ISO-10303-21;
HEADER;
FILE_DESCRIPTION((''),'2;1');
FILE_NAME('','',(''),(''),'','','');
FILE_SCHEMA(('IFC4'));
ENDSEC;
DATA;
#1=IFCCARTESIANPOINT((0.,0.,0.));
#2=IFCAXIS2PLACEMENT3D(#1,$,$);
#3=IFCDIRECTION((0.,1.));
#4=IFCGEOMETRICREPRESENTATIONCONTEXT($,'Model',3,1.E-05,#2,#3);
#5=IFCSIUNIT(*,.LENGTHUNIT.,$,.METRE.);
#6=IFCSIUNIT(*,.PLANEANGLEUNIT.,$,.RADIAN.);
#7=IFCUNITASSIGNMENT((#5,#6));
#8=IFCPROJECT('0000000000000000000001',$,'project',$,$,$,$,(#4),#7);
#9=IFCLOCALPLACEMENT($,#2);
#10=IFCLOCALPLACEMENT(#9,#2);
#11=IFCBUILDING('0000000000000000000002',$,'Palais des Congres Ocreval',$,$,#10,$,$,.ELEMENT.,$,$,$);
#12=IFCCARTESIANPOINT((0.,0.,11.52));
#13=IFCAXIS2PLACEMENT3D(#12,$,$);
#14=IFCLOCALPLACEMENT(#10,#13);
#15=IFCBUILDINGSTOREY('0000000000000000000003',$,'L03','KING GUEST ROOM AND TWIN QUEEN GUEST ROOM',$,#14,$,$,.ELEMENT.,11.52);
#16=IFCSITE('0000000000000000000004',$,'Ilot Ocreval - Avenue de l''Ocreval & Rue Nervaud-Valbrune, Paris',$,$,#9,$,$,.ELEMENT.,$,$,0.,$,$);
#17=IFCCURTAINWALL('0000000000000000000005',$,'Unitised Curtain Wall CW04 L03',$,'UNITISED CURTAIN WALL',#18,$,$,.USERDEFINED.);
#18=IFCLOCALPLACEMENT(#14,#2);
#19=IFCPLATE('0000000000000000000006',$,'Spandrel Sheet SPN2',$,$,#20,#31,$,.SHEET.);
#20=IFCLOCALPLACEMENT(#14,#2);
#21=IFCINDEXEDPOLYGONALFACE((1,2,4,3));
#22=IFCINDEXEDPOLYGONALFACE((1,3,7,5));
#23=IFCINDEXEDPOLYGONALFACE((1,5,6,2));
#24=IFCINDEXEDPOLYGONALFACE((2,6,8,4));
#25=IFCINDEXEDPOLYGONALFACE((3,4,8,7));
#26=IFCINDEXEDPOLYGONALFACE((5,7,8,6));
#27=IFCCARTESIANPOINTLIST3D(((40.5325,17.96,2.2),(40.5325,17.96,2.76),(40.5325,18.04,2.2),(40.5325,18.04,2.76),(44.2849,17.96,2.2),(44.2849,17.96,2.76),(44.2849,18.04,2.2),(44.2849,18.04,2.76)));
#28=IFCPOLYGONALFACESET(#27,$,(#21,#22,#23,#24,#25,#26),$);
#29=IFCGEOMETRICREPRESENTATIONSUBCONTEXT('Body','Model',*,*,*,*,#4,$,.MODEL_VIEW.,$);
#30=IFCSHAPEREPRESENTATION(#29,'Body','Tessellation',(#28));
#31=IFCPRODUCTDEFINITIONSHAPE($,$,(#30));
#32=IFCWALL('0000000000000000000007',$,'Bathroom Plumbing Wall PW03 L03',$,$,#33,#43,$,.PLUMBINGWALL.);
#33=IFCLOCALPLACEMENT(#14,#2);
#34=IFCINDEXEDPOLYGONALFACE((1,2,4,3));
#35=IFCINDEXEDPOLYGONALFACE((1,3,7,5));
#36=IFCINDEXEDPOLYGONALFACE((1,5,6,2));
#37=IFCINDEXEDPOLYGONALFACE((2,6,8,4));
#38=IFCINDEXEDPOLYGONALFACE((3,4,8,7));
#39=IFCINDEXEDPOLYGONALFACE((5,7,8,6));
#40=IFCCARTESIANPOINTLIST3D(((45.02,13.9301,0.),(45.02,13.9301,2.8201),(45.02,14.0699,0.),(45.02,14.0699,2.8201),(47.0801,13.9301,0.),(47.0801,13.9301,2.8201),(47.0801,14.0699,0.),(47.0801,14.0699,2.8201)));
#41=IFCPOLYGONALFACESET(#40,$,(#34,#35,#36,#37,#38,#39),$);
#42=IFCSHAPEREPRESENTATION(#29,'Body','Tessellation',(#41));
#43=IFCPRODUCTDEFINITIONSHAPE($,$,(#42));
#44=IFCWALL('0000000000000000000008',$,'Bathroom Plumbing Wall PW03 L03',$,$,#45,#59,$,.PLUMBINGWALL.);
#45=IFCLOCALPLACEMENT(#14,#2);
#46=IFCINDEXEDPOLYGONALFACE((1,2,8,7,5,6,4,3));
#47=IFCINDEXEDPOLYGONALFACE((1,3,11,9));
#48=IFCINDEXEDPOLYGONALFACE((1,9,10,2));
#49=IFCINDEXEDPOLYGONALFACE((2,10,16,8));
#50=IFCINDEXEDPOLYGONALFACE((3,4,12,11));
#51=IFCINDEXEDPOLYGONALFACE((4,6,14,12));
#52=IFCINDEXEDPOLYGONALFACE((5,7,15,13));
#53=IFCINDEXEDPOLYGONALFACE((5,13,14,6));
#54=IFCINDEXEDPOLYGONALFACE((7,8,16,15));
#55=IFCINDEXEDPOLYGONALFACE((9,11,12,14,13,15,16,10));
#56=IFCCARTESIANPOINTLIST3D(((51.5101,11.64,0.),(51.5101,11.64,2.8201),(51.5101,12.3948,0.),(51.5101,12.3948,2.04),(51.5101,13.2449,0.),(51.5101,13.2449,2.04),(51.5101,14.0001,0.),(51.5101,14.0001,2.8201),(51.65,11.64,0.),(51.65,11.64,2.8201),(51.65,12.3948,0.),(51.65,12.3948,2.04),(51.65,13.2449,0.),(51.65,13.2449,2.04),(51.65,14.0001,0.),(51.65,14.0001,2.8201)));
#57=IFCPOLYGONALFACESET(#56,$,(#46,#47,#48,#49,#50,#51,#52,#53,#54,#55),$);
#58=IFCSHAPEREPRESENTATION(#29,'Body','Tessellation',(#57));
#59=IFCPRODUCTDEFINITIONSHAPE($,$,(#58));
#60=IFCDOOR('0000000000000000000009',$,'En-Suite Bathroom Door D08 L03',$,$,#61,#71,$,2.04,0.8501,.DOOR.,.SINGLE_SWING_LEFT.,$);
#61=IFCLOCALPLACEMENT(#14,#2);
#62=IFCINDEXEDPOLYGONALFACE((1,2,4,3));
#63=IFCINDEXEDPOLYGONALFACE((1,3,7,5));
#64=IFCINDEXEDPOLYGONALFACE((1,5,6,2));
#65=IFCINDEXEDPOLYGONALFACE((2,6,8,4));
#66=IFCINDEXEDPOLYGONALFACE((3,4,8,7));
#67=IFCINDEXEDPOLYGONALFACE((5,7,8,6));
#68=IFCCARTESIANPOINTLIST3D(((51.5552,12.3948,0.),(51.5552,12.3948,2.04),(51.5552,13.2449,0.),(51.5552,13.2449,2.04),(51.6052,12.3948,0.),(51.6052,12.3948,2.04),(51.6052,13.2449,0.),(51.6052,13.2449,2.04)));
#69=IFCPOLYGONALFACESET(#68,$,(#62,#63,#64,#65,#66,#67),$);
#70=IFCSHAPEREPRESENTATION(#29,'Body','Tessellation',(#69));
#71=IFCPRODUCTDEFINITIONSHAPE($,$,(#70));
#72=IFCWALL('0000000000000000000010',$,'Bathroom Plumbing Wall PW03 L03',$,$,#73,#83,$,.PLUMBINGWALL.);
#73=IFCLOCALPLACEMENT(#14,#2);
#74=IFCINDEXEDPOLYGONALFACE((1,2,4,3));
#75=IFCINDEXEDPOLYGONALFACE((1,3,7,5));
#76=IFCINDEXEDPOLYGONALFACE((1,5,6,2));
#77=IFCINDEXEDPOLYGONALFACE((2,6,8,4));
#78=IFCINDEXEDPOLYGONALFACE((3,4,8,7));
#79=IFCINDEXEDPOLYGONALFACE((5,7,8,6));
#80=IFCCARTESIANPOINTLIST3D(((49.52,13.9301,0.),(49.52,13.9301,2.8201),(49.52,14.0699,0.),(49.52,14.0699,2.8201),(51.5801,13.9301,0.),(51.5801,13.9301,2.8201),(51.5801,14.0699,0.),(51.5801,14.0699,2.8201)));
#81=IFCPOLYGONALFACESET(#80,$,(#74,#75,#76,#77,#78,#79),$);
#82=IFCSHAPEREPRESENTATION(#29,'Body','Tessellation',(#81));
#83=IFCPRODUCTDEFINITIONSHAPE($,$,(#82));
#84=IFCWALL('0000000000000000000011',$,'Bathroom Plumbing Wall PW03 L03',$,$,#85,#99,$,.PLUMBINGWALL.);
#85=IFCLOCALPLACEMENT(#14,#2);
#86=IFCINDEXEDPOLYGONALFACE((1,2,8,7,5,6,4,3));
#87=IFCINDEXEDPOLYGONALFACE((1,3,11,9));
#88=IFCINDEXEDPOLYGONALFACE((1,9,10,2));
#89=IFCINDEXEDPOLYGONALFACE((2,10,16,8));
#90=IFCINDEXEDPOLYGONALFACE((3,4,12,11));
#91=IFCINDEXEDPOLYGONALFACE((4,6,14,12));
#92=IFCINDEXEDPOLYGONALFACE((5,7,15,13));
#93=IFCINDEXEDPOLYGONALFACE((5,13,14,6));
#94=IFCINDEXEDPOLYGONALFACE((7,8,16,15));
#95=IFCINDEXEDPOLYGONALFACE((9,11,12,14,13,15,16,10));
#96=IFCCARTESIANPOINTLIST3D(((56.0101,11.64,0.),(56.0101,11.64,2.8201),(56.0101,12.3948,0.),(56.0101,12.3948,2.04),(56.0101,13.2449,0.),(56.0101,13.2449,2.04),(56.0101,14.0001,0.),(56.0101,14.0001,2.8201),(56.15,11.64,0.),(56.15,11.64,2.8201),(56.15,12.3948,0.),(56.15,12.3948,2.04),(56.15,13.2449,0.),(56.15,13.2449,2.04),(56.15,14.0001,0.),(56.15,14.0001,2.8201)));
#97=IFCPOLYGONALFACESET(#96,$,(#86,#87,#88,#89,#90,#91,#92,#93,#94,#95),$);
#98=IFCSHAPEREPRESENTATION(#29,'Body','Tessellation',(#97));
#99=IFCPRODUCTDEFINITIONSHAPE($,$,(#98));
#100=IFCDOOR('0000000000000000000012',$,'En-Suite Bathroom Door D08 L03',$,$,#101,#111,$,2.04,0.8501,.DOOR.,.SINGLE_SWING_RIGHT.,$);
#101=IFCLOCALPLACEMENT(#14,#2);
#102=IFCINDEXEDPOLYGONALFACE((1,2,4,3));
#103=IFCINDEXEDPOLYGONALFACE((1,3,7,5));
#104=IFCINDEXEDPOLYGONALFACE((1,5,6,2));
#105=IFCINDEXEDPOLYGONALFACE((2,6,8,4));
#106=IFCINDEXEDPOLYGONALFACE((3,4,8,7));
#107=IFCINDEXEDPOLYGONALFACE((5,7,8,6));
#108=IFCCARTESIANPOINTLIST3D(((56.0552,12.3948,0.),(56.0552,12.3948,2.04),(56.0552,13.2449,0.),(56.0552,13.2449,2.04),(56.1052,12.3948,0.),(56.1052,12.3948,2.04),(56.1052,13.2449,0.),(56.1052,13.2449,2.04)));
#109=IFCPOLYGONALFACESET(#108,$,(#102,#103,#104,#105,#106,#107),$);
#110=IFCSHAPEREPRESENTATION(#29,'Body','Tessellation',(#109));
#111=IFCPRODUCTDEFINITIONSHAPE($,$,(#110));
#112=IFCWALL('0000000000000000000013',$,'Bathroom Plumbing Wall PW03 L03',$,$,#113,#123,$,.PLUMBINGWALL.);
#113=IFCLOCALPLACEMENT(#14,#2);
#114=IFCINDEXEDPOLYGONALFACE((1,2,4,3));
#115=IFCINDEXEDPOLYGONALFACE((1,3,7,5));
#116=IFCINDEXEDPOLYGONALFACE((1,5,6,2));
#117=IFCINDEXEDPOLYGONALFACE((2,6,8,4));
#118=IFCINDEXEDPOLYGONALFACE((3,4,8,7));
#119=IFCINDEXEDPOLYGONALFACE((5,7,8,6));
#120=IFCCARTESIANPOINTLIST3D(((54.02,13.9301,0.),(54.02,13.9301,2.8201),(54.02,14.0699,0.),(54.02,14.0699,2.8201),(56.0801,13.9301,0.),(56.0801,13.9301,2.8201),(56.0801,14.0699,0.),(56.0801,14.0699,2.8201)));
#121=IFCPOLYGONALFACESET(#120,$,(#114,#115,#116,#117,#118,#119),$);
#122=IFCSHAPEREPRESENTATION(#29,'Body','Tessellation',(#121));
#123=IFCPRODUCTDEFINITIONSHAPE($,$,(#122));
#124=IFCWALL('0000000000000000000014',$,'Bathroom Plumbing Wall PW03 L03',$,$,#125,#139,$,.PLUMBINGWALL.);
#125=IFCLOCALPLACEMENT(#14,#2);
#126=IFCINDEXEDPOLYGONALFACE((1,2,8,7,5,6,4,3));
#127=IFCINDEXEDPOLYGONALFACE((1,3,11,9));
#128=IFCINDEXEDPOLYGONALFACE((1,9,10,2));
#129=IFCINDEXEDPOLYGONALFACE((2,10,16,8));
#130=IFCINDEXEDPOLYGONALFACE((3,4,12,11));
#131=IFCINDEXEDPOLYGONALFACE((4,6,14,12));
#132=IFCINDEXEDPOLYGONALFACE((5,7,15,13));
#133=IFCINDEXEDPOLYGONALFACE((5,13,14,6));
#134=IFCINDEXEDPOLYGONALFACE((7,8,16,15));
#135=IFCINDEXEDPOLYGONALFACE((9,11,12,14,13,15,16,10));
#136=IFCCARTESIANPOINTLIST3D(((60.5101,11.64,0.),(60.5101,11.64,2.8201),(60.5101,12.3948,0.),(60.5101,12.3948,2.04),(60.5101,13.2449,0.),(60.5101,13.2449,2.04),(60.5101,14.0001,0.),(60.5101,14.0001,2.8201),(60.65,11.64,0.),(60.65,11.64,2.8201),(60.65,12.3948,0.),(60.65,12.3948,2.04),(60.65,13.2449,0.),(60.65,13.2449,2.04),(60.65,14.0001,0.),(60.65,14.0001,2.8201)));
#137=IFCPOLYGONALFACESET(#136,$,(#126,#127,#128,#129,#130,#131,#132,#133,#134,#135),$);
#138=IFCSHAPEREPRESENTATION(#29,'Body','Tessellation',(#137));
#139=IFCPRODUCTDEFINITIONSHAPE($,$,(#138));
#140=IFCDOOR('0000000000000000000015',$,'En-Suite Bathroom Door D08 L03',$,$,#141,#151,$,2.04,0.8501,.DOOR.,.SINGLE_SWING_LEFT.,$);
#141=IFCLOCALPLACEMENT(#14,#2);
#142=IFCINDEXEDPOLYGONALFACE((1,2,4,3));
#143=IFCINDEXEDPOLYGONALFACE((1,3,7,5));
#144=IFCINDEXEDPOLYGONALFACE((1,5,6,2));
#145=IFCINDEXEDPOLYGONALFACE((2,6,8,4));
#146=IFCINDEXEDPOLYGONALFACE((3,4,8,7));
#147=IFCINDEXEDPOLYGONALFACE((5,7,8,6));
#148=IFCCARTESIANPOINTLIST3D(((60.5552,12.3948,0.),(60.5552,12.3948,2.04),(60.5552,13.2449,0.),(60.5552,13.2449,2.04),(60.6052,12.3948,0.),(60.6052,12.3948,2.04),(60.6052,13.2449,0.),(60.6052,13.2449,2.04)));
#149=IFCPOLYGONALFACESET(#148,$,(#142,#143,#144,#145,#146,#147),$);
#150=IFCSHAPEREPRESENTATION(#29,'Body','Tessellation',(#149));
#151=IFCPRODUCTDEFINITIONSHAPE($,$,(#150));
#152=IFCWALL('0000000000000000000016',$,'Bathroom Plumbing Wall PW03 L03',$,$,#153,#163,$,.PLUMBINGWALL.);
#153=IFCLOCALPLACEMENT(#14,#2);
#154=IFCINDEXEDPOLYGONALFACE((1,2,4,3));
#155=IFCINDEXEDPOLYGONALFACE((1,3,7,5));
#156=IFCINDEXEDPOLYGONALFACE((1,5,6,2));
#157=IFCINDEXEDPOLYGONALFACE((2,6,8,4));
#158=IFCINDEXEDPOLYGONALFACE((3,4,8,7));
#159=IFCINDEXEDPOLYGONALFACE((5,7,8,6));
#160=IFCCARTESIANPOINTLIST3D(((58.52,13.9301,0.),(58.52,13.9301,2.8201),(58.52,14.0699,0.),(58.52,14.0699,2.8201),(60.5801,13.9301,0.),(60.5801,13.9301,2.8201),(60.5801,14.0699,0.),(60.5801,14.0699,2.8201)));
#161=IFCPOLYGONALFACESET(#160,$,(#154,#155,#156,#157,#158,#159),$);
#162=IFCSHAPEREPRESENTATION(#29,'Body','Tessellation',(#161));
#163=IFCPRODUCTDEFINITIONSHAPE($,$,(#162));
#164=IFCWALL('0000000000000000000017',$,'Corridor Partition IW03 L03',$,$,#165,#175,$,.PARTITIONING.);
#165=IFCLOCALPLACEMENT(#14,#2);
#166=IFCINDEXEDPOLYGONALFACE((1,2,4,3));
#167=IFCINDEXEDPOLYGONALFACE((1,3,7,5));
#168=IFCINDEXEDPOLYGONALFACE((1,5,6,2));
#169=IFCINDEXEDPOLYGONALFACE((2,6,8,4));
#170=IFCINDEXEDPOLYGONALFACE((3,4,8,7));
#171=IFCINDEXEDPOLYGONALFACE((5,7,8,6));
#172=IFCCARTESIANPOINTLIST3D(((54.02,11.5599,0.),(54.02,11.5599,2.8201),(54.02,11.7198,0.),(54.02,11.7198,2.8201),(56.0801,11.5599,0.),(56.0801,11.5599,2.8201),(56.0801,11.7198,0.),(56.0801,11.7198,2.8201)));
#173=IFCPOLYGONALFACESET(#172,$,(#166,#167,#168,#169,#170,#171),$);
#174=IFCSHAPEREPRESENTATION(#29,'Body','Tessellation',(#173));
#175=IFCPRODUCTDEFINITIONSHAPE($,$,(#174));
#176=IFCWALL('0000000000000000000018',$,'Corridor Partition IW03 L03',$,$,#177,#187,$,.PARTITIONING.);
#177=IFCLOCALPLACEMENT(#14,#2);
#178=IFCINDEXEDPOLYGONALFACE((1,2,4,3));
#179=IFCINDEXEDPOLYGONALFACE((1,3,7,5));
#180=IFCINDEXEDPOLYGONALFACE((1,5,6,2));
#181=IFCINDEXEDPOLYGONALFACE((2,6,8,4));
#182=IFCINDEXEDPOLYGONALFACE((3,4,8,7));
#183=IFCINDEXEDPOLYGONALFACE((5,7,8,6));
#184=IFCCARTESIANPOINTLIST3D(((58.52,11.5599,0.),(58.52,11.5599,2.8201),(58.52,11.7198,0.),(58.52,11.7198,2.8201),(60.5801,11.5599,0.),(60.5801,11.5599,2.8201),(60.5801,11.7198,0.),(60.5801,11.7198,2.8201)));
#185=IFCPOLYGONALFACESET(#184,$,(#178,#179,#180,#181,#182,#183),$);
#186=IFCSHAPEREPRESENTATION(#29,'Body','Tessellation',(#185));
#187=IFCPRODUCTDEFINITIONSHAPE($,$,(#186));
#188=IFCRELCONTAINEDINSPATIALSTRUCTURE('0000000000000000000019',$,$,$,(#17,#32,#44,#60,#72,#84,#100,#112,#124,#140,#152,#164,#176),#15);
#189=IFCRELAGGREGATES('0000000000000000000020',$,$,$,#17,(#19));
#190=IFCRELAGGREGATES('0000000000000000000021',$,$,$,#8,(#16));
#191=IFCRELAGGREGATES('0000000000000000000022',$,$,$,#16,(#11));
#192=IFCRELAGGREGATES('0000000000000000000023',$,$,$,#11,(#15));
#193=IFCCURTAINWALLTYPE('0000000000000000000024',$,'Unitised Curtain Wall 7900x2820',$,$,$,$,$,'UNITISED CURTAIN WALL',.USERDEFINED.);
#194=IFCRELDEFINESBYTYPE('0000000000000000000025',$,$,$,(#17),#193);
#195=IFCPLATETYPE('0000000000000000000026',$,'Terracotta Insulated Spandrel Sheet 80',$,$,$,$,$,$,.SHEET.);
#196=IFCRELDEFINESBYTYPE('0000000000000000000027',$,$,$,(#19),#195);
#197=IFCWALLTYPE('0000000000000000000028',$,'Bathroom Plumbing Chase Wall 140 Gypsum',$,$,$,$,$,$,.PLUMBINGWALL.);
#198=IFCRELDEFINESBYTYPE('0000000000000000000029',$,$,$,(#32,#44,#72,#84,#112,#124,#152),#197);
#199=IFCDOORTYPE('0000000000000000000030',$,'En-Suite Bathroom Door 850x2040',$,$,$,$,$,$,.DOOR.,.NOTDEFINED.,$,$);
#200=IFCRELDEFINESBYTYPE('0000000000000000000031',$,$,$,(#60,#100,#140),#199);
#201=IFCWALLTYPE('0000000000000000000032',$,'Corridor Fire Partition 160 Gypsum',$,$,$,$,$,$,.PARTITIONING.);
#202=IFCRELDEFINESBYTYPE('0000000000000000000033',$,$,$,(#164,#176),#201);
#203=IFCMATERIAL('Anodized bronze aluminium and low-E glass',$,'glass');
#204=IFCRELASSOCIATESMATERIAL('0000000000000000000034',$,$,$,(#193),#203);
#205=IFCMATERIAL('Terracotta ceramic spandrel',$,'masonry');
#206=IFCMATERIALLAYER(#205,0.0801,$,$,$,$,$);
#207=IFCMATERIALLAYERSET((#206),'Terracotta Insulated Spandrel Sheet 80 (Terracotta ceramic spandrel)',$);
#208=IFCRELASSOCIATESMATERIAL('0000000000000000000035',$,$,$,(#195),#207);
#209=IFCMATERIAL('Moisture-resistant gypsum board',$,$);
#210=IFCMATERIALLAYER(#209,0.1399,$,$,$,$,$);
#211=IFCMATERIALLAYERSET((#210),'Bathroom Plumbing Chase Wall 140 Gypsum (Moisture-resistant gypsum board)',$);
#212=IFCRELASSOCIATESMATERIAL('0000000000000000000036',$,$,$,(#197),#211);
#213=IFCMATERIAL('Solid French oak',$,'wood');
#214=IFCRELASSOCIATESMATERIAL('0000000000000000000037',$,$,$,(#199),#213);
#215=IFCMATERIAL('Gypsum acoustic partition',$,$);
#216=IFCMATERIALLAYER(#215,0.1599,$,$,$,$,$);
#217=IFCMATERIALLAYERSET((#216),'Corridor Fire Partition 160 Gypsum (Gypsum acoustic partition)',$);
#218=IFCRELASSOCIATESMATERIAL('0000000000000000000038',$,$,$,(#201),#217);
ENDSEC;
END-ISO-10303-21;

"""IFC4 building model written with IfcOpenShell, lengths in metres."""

from ifc_helpers import new_model, si_unit, direction, frame, frame_2d, origin, origin_2d, place, context, subcontext, project, spatial, rectangle, extrude, material, layer, layer_set, type_object, element, fill, aggregate, save


model = new_model("IFC4")

# Units and contexts
model_context = context("Model", 3, precision=1e-05, world=origin(), true_north=direction((0.0, 1.0)))
body_context = subcontext(model_context, "Body", "Model", "MODEL_VIEW")
ifc_project = project(units=[si_unit("LENGTHUNIT", "METRE"), si_unit("PLANEANGLEUNIT", "RADIAN")], contexts=[model_context])

# Site, building, storey
site_placement = place(None, origin())
site = spatial("IfcSite", under=ifc_project, at=site_placement, Name="Ilot Ocreval - Avenue de l'Ocreval & Rue Nervaud-Valbrune, Paris", CompositionType="ELEMENT", RefElevation=0.0)
building_placement = place(site_placement, origin())
building = spatial("IfcBuilding", under=site, at=building_placement, Name="Palais des Congres Ocreval", CompositionType="ELEMENT")
storey_placement = place(building_placement, frame((0.0, 0.0, 11.52)))
storey = spatial("IfcBuildingStorey", under=building, at=storey_placement, Name="L03", Description="KING GUEST ROOM AND TWIN QUEEN GUEST ROOM", CompositionType="ELEMENT", Elevation=11.52)

# Curtain wall
ifc_material_1 = material(Name="Anodized bronze aluminium and low-E glass", Category="glass")
curtain_wall_type = type_object("IfcCurtainWallType", Name="Unitised Curtain Wall 7900x2820", ElementType="UNITISED CURTAIN WALL", PredefinedType="USERDEFINED", material=ifc_material_1)
curtain_wall_1_placement = place(storey_placement, origin())
curtain_wall_1 = element("IfcCurtainWall", 1, at=curtain_wall_1_placement, inside=storey, type_object=curtain_wall_type, Name="Unitised Curtain Wall CW04 L03", ObjectType="UNITISED CURTAIN WALL", PredefinedType="USERDEFINED")

# Plate
ifc_material_2 = material(Name="Terracotta ceramic spandrel", Category="masonry")
ifc_layer_1 = layer(ifc_material_2, 0.0801)
ifc_layer_set_1 = layer_set([ifc_layer_1], Name="Terracotta Insulated Spandrel Sheet 80 (Terracotta ceramic spandrel)")
plate_type_1 = type_object("IfcPlateType", Name="Terracotta Insulated Spandrel Sheet 80", PredefinedType="SHEET", material=ifc_layer_set_1)
plate_1_placement = place(storey_placement, frame((42.4087, 18.0, 2.2), z_axis=(0.0, 0.0, 1.0), x_axis=(1.0, 0.0, 0.0)))
plate_1 = element("IfcPlate", 2, at=plate_1_placement, type_object=plate_type_1, Name="Spandrel Sheet SPN2", PredefinedType="SHEET", context=body_context, shape_type="SweptSolid", body=[
    extrude(rectangle(XDim=3.7524, YDim=0.0801, at=origin_2d()), origin(), (0.0, 0.0, 1.0), 0.5601),
])
aggregate(curtain_wall_1, [plate_1])

# Wall
ifc_material_3 = material(Name="Moisture-resistant gypsum board")
ifc_layer_2 = layer(ifc_material_3, 0.1399)
ifc_layer_set_2 = layer_set([ifc_layer_2], Name="Bathroom Plumbing Chase Wall 140 Gypsum (Moisture-resistant gypsum board)")
wall_type_1 = type_object("IfcWallType", Name="Bathroom Plumbing Chase Wall 140 Gypsum", PredefinedType="PLUMBINGWALL", material=ifc_layer_set_2)
wall_1_placement = place(storey_placement, frame((45.02, 14.0, 0.0), z_axis=(0.0, 0.0, 1.0), x_axis=(1.0, 0.0, 0.0)))
element("IfcWall", 3, at=wall_1_placement, inside=storey, type_object=wall_type_1, Name="Bathroom Plumbing Wall PW03 L03", PredefinedType="PLUMBINGWALL", context=body_context, shape_type="SweptSolid", body=[
    extrude(rectangle(XDim=2.0601, YDim=0.1399, at=frame_2d((1.03, 0.0))), origin(), (0.0, 0.0, 1.0), 2.8201),
])

# Wall, opening, door
wall_2_placement = place(storey_placement, frame((51.5801, 11.6399, 0.0), z_axis=(0.0, 0.0, 1.0), x_axis=(0.0, 1.0, 0.0)))
wall_2 = element("IfcWall", 4, at=wall_2_placement, inside=storey, type_object=wall_type_1, Name="Bathroom Plumbing Wall PW03 L03", PredefinedType="PLUMBINGWALL", context=body_context, shape_type="SweptSolid", body=[
    extrude(rectangle(XDim=2.3601, YDim=0.1399, at=frame_2d((1.1802, 0.0))), origin(), (0.0, 0.0, 1.0), 2.8201),
])
opening_1_placement = place(wall_2_placement, frame((0.7549, 0.0, 0.0)))
opening_1 = element("IfcOpeningElement", 5, at=opening_1_placement, cuts=wall_2, PredefinedType="OPENING", context=body_context, shape_type="SweptSolid", body=[
    extrude(rectangle(XDim=0.8501, YDim=2.04, at=frame_2d((0.425, 1.02))), frame((0.0, 0.0798, 0.0), z_axis=(0.0, -1.0, 0.0), x_axis=(1.0, 0.0, 0.0)), (0.0, 0.0, 1.0), 0.1599),
])
ifc_material_4 = material(Name="Solid French oak", Category="wood")
door_type = type_object("IfcDoorType", Name="En-Suite Bathroom Door 850x2040", OperationType="NOTDEFINED", PredefinedType="DOOR", material=ifc_material_4)
door_1_placement = place(opening_1_placement, origin())
door_1 = element("IfcDoor", 6, at=door_1_placement, inside=storey, type_object=door_type, Name="En-Suite Bathroom Door D08 L03", OperationType="SINGLE_SWING_LEFT", OverallHeight=2.04, OverallWidth=0.8501, PredefinedType="DOOR", context=body_context, shape_type="SweptSolid", body=[
    extrude(rectangle(XDim=0.8501, YDim=2.04, at=frame_2d((0.425, 1.02))), frame((0.0, 0.0249, 0.0), z_axis=(0.0, -1.0, 0.0), x_axis=(1.0, 0.0, 0.0)), (0.0, 0.0, 1.0), 0.05),
])
fill(opening_1, door_1)

# Wall
wall_3_placement = place(storey_placement, frame((49.52, 14.0, 0.0), z_axis=(0.0, 0.0, 1.0), x_axis=(1.0, 0.0, 0.0)))
element("IfcWall", 7, at=wall_3_placement, inside=storey, type_object=wall_type_1, Name="Bathroom Plumbing Wall PW03 L03", PredefinedType="PLUMBINGWALL", context=body_context, shape_type="SweptSolid", body=[
    extrude(rectangle(XDim=2.0601, YDim=0.1399, at=frame_2d((1.03, 0.0))), origin(), (0.0, 0.0, 1.0), 2.8201),
])

# Wall, opening, door
wall_4_placement = place(storey_placement, frame((56.0801, 11.6399, 0.0), z_axis=(0.0, 0.0, 1.0), x_axis=(0.0, 1.0, 0.0)))
wall_4 = element("IfcWall", 8, at=wall_4_placement, inside=storey, type_object=wall_type_1, Name="Bathroom Plumbing Wall PW03 L03", PredefinedType="PLUMBINGWALL", context=body_context, shape_type="SweptSolid", body=[
    extrude(rectangle(XDim=2.3601, YDim=0.1399, at=frame_2d((1.1802, 0.0))), origin(), (0.0, 0.0, 1.0), 2.8201),
])
opening_2_placement = place(wall_4_placement, frame((0.7549, 0.0, 0.0)))
opening_2 = element("IfcOpeningElement", 9, at=opening_2_placement, cuts=wall_4, PredefinedType="OPENING", context=body_context, shape_type="SweptSolid", body=[
    extrude(rectangle(XDim=0.8501, YDim=2.04, at=frame_2d((0.425, 1.02))), frame((0.0, 0.0798, 0.0), z_axis=(0.0, -1.0, 0.0), x_axis=(1.0, 0.0, 0.0)), (0.0, 0.0, 1.0), 0.1599),
])
door_2_placement = place(opening_2_placement, origin())
door_2 = element("IfcDoor", 10, at=door_2_placement, inside=storey, type_object=door_type, Name="En-Suite Bathroom Door D08 L03", OperationType="SINGLE_SWING_RIGHT", OverallHeight=2.04, OverallWidth=0.8501, PredefinedType="DOOR", context=body_context, shape_type="SweptSolid", body=[
    extrude(rectangle(XDim=0.8501, YDim=2.04, at=frame_2d((0.425, 1.02))), frame((0.0, 0.0249, 0.0), z_axis=(0.0, -1.0, 0.0), x_axis=(1.0, 0.0, 0.0)), (0.0, 0.0, 1.0), 0.05),
])
fill(opening_2, door_2)

# Wall
wall_5_placement = place(storey_placement, frame((54.02, 14.0, 0.0), z_axis=(0.0, 0.0, 1.0), x_axis=(1.0, 0.0, 0.0)))
element("IfcWall", 11, at=wall_5_placement, inside=storey, type_object=wall_type_1, Name="Bathroom Plumbing Wall PW03 L03", PredefinedType="PLUMBINGWALL", context=body_context, shape_type="SweptSolid", body=[
    extrude(rectangle(XDim=2.0601, YDim=0.1399, at=frame_2d((1.03, 0.0))), origin(), (0.0, 0.0, 1.0), 2.8201),
])

# Wall, opening, door
wall_6_placement = place(storey_placement, frame((60.5801, 11.6399, 0.0), z_axis=(0.0, 0.0, 1.0), x_axis=(0.0, 1.0, 0.0)))
wall_6 = element("IfcWall", 12, at=wall_6_placement, inside=storey, type_object=wall_type_1, Name="Bathroom Plumbing Wall PW03 L03", PredefinedType="PLUMBINGWALL", context=body_context, shape_type="SweptSolid", body=[
    extrude(rectangle(XDim=2.3601, YDim=0.1399, at=frame_2d((1.1802, 0.0))), origin(), (0.0, 0.0, 1.0), 2.8201),
])
opening_3_placement = place(wall_6_placement, frame((0.7549, 0.0, 0.0)))
opening_3 = element("IfcOpeningElement", 13, at=opening_3_placement, cuts=wall_6, PredefinedType="OPENING", context=body_context, shape_type="SweptSolid", body=[
    extrude(rectangle(XDim=0.8501, YDim=2.04, at=frame_2d((0.425, 1.02))), frame((0.0, 0.0798, 0.0), z_axis=(0.0, -1.0, 0.0), x_axis=(1.0, 0.0, 0.0)), (0.0, 0.0, 1.0), 0.1599),
])
door_3_placement = place(opening_3_placement, origin())
door_3 = element("IfcDoor", 14, at=door_3_placement, inside=storey, type_object=door_type, Name="En-Suite Bathroom Door D08 L03", OperationType="SINGLE_SWING_LEFT", OverallHeight=2.04, OverallWidth=0.8501, PredefinedType="DOOR", context=body_context, shape_type="SweptSolid", body=[
    extrude(rectangle(XDim=0.8501, YDim=2.04, at=frame_2d((0.425, 1.02))), frame((0.0, 0.0249, 0.0), z_axis=(0.0, -1.0, 0.0), x_axis=(1.0, 0.0, 0.0)), (0.0, 0.0, 1.0), 0.05),
])
fill(opening_3, door_3)

# Walls
wall_7_placement = place(storey_placement, frame((58.52, 14.0, 0.0), z_axis=(0.0, 0.0, 1.0), x_axis=(1.0, 0.0, 0.0)))
element("IfcWall", 15, at=wall_7_placement, inside=storey, type_object=wall_type_1, Name="Bathroom Plumbing Wall PW03 L03", PredefinedType="PLUMBINGWALL", context=body_context, shape_type="SweptSolid", body=[
    extrude(rectangle(XDim=2.0601, YDim=0.1399, at=frame_2d((1.03, 0.0))), origin(), (0.0, 0.0, 1.0), 2.8201),
])
ifc_material_5 = material(Name="Gypsum acoustic partition")
ifc_layer_3 = layer(ifc_material_5, 0.1599)
ifc_layer_set_3 = layer_set([ifc_layer_3], Name="Corridor Fire Partition 160 Gypsum (Gypsum acoustic partition)")
wall_type_2 = type_object("IfcWallType", Name="Corridor Fire Partition 160 Gypsum", PredefinedType="PARTITIONING", material=ifc_layer_set_3)
for number, where, z_axis, x_axis, name in (
    (16, (54.02, 11.6399, 0.0), (0.0, 0.0, 1.0), (1.0, 0.0, 0.0), "Corridor Partition IW03 L03"),
    (17, (58.52, 11.6399, 0.0), (0.0, 0.0, 1.0), (1.0, 0.0, 0.0), "Corridor Partition IW03 L03"),
):
    element("IfcWall", number, at=place(storey_placement, frame(where, z_axis=z_axis, x_axis=x_axis)), inside=storey, type_object=wall_type_2, Name=name, PredefinedType="PARTITIONING", context=body_context, shape_type="SweptSolid", body=[
        extrude(rectangle(XDim=2.0601, YDim=0.1599, at=frame_2d((1.03, 0.0))), origin(), (0.0, 0.0, 1.0), 2.8201),
    ])

save(model, "model.ifc")
